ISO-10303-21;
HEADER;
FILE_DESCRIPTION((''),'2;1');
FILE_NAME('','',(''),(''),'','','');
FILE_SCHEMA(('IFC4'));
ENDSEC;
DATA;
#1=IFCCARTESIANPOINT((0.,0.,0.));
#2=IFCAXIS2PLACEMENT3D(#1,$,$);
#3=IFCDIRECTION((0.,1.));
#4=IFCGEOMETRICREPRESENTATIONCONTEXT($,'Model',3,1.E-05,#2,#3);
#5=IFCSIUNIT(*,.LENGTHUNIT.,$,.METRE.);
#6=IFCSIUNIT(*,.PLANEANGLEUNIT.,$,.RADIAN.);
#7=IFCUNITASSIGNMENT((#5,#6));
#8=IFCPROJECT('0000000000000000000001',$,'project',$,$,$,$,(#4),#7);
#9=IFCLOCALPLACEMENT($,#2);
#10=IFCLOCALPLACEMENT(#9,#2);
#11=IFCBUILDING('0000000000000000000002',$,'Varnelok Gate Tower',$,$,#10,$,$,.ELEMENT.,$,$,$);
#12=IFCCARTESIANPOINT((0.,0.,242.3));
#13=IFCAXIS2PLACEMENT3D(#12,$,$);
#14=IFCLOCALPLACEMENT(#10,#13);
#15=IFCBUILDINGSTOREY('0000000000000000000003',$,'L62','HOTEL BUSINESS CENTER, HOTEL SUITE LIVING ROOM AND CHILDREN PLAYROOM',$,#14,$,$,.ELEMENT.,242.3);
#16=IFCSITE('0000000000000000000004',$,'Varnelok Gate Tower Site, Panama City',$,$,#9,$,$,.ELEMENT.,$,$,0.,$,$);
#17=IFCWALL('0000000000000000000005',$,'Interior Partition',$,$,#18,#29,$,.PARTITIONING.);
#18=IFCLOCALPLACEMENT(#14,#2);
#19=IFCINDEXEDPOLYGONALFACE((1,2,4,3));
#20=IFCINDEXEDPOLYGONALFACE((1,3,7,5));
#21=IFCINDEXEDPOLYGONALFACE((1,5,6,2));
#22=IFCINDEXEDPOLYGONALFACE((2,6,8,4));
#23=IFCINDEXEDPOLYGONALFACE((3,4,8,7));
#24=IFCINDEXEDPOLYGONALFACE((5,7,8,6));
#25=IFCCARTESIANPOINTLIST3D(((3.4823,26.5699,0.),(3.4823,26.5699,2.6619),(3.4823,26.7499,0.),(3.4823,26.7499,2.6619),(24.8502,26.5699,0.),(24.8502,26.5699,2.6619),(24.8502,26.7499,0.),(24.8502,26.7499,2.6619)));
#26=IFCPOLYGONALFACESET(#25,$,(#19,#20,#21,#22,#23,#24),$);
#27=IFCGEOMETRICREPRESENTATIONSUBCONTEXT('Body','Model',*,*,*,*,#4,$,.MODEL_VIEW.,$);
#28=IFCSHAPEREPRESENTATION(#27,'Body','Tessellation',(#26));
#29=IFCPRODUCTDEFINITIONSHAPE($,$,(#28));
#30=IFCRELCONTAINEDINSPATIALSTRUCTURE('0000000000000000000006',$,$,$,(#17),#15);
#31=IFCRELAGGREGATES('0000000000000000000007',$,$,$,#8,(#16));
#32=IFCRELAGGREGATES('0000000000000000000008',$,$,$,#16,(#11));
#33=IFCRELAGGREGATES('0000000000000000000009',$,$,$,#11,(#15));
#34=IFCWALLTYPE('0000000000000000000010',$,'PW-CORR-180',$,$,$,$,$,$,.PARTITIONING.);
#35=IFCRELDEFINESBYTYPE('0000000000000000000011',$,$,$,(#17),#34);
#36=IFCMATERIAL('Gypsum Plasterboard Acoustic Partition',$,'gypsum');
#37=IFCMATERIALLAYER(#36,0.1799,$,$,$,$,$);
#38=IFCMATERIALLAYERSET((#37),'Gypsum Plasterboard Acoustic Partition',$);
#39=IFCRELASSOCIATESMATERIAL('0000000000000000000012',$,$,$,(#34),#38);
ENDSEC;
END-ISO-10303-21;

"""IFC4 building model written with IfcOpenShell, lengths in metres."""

from ifc_helpers import new_model, si_unit, direction, frame, frame_2d, origin, place, context, subcontext, project, spatial, rectangle, extrude, material, layer, layer_set, type_object, element, save


model = new_model("IFC4")

# Units and contexts
model_context = context("Model", 3, precision=1e-05, world=origin(), true_north=direction((0.0, 1.0)))
body_context = subcontext(model_context, "Body", "Model", "MODEL_VIEW")
ifc_project = project(units=[si_unit("LENGTHUNIT", "METRE"), si_unit("PLANEANGLEUNIT", "RADIAN")], contexts=[model_context])

# Site, building, storey
site_placement = place(None, origin())
site = spatial("IfcSite", under=ifc_project, at=site_placement, Name="Varnelok Gate Tower Site, Panama City", CompositionType="ELEMENT", RefElevation=0.0)
building_placement = place(site_placement, origin())
building = spatial("IfcBuilding", under=site, at=building_placement, Name="Varnelok Gate Tower", CompositionType="ELEMENT")
storey_placement = place(building_placement, frame((0.0, 0.0, 242.3)))
storey = spatial("IfcBuildingStorey", under=building, at=storey_placement, Name="L62", Description="HOTEL BUSINESS CENTER, HOTEL SUITE LIVING ROOM AND CHILDREN PLAYROOM", CompositionType="ELEMENT", Elevation=242.3)

# Wall
ifc_material_1 = material(Name="Gypsum Plasterboard Acoustic Partition", Category="gypsum")
ifc_layer_1 = layer(ifc_material_1, 0.1799)
ifc_layer_set_1 = layer_set([ifc_layer_1], Name="Gypsum Plasterboard Acoustic Partition")
wall_type_1 = type_object("IfcWallType", Name="PW-CORR-180", PredefinedType="PARTITIONING", material=ifc_layer_set_1)
wall_1_placement = place(storey_placement, frame((3.4822, 26.6599, 0.0), z_axis=(0.0, 0.0, 1.0), x_axis=(1.0, 0.0, 0.0)))
element("IfcWall", 1, at=wall_1_placement, inside=storey, type_object=wall_type_1, Name="Interior Partition", PredefinedType="PARTITIONING", context=body_context, shape_type="SweptSolid", body=[
    extrude(rectangle(XDim=21.3679, YDim=0.1799, at=frame_2d((10.6841, 0.0))), origin(), (0.0, 0.0, 1.0), 2.6619),
])

save(model, "model.ifc")
